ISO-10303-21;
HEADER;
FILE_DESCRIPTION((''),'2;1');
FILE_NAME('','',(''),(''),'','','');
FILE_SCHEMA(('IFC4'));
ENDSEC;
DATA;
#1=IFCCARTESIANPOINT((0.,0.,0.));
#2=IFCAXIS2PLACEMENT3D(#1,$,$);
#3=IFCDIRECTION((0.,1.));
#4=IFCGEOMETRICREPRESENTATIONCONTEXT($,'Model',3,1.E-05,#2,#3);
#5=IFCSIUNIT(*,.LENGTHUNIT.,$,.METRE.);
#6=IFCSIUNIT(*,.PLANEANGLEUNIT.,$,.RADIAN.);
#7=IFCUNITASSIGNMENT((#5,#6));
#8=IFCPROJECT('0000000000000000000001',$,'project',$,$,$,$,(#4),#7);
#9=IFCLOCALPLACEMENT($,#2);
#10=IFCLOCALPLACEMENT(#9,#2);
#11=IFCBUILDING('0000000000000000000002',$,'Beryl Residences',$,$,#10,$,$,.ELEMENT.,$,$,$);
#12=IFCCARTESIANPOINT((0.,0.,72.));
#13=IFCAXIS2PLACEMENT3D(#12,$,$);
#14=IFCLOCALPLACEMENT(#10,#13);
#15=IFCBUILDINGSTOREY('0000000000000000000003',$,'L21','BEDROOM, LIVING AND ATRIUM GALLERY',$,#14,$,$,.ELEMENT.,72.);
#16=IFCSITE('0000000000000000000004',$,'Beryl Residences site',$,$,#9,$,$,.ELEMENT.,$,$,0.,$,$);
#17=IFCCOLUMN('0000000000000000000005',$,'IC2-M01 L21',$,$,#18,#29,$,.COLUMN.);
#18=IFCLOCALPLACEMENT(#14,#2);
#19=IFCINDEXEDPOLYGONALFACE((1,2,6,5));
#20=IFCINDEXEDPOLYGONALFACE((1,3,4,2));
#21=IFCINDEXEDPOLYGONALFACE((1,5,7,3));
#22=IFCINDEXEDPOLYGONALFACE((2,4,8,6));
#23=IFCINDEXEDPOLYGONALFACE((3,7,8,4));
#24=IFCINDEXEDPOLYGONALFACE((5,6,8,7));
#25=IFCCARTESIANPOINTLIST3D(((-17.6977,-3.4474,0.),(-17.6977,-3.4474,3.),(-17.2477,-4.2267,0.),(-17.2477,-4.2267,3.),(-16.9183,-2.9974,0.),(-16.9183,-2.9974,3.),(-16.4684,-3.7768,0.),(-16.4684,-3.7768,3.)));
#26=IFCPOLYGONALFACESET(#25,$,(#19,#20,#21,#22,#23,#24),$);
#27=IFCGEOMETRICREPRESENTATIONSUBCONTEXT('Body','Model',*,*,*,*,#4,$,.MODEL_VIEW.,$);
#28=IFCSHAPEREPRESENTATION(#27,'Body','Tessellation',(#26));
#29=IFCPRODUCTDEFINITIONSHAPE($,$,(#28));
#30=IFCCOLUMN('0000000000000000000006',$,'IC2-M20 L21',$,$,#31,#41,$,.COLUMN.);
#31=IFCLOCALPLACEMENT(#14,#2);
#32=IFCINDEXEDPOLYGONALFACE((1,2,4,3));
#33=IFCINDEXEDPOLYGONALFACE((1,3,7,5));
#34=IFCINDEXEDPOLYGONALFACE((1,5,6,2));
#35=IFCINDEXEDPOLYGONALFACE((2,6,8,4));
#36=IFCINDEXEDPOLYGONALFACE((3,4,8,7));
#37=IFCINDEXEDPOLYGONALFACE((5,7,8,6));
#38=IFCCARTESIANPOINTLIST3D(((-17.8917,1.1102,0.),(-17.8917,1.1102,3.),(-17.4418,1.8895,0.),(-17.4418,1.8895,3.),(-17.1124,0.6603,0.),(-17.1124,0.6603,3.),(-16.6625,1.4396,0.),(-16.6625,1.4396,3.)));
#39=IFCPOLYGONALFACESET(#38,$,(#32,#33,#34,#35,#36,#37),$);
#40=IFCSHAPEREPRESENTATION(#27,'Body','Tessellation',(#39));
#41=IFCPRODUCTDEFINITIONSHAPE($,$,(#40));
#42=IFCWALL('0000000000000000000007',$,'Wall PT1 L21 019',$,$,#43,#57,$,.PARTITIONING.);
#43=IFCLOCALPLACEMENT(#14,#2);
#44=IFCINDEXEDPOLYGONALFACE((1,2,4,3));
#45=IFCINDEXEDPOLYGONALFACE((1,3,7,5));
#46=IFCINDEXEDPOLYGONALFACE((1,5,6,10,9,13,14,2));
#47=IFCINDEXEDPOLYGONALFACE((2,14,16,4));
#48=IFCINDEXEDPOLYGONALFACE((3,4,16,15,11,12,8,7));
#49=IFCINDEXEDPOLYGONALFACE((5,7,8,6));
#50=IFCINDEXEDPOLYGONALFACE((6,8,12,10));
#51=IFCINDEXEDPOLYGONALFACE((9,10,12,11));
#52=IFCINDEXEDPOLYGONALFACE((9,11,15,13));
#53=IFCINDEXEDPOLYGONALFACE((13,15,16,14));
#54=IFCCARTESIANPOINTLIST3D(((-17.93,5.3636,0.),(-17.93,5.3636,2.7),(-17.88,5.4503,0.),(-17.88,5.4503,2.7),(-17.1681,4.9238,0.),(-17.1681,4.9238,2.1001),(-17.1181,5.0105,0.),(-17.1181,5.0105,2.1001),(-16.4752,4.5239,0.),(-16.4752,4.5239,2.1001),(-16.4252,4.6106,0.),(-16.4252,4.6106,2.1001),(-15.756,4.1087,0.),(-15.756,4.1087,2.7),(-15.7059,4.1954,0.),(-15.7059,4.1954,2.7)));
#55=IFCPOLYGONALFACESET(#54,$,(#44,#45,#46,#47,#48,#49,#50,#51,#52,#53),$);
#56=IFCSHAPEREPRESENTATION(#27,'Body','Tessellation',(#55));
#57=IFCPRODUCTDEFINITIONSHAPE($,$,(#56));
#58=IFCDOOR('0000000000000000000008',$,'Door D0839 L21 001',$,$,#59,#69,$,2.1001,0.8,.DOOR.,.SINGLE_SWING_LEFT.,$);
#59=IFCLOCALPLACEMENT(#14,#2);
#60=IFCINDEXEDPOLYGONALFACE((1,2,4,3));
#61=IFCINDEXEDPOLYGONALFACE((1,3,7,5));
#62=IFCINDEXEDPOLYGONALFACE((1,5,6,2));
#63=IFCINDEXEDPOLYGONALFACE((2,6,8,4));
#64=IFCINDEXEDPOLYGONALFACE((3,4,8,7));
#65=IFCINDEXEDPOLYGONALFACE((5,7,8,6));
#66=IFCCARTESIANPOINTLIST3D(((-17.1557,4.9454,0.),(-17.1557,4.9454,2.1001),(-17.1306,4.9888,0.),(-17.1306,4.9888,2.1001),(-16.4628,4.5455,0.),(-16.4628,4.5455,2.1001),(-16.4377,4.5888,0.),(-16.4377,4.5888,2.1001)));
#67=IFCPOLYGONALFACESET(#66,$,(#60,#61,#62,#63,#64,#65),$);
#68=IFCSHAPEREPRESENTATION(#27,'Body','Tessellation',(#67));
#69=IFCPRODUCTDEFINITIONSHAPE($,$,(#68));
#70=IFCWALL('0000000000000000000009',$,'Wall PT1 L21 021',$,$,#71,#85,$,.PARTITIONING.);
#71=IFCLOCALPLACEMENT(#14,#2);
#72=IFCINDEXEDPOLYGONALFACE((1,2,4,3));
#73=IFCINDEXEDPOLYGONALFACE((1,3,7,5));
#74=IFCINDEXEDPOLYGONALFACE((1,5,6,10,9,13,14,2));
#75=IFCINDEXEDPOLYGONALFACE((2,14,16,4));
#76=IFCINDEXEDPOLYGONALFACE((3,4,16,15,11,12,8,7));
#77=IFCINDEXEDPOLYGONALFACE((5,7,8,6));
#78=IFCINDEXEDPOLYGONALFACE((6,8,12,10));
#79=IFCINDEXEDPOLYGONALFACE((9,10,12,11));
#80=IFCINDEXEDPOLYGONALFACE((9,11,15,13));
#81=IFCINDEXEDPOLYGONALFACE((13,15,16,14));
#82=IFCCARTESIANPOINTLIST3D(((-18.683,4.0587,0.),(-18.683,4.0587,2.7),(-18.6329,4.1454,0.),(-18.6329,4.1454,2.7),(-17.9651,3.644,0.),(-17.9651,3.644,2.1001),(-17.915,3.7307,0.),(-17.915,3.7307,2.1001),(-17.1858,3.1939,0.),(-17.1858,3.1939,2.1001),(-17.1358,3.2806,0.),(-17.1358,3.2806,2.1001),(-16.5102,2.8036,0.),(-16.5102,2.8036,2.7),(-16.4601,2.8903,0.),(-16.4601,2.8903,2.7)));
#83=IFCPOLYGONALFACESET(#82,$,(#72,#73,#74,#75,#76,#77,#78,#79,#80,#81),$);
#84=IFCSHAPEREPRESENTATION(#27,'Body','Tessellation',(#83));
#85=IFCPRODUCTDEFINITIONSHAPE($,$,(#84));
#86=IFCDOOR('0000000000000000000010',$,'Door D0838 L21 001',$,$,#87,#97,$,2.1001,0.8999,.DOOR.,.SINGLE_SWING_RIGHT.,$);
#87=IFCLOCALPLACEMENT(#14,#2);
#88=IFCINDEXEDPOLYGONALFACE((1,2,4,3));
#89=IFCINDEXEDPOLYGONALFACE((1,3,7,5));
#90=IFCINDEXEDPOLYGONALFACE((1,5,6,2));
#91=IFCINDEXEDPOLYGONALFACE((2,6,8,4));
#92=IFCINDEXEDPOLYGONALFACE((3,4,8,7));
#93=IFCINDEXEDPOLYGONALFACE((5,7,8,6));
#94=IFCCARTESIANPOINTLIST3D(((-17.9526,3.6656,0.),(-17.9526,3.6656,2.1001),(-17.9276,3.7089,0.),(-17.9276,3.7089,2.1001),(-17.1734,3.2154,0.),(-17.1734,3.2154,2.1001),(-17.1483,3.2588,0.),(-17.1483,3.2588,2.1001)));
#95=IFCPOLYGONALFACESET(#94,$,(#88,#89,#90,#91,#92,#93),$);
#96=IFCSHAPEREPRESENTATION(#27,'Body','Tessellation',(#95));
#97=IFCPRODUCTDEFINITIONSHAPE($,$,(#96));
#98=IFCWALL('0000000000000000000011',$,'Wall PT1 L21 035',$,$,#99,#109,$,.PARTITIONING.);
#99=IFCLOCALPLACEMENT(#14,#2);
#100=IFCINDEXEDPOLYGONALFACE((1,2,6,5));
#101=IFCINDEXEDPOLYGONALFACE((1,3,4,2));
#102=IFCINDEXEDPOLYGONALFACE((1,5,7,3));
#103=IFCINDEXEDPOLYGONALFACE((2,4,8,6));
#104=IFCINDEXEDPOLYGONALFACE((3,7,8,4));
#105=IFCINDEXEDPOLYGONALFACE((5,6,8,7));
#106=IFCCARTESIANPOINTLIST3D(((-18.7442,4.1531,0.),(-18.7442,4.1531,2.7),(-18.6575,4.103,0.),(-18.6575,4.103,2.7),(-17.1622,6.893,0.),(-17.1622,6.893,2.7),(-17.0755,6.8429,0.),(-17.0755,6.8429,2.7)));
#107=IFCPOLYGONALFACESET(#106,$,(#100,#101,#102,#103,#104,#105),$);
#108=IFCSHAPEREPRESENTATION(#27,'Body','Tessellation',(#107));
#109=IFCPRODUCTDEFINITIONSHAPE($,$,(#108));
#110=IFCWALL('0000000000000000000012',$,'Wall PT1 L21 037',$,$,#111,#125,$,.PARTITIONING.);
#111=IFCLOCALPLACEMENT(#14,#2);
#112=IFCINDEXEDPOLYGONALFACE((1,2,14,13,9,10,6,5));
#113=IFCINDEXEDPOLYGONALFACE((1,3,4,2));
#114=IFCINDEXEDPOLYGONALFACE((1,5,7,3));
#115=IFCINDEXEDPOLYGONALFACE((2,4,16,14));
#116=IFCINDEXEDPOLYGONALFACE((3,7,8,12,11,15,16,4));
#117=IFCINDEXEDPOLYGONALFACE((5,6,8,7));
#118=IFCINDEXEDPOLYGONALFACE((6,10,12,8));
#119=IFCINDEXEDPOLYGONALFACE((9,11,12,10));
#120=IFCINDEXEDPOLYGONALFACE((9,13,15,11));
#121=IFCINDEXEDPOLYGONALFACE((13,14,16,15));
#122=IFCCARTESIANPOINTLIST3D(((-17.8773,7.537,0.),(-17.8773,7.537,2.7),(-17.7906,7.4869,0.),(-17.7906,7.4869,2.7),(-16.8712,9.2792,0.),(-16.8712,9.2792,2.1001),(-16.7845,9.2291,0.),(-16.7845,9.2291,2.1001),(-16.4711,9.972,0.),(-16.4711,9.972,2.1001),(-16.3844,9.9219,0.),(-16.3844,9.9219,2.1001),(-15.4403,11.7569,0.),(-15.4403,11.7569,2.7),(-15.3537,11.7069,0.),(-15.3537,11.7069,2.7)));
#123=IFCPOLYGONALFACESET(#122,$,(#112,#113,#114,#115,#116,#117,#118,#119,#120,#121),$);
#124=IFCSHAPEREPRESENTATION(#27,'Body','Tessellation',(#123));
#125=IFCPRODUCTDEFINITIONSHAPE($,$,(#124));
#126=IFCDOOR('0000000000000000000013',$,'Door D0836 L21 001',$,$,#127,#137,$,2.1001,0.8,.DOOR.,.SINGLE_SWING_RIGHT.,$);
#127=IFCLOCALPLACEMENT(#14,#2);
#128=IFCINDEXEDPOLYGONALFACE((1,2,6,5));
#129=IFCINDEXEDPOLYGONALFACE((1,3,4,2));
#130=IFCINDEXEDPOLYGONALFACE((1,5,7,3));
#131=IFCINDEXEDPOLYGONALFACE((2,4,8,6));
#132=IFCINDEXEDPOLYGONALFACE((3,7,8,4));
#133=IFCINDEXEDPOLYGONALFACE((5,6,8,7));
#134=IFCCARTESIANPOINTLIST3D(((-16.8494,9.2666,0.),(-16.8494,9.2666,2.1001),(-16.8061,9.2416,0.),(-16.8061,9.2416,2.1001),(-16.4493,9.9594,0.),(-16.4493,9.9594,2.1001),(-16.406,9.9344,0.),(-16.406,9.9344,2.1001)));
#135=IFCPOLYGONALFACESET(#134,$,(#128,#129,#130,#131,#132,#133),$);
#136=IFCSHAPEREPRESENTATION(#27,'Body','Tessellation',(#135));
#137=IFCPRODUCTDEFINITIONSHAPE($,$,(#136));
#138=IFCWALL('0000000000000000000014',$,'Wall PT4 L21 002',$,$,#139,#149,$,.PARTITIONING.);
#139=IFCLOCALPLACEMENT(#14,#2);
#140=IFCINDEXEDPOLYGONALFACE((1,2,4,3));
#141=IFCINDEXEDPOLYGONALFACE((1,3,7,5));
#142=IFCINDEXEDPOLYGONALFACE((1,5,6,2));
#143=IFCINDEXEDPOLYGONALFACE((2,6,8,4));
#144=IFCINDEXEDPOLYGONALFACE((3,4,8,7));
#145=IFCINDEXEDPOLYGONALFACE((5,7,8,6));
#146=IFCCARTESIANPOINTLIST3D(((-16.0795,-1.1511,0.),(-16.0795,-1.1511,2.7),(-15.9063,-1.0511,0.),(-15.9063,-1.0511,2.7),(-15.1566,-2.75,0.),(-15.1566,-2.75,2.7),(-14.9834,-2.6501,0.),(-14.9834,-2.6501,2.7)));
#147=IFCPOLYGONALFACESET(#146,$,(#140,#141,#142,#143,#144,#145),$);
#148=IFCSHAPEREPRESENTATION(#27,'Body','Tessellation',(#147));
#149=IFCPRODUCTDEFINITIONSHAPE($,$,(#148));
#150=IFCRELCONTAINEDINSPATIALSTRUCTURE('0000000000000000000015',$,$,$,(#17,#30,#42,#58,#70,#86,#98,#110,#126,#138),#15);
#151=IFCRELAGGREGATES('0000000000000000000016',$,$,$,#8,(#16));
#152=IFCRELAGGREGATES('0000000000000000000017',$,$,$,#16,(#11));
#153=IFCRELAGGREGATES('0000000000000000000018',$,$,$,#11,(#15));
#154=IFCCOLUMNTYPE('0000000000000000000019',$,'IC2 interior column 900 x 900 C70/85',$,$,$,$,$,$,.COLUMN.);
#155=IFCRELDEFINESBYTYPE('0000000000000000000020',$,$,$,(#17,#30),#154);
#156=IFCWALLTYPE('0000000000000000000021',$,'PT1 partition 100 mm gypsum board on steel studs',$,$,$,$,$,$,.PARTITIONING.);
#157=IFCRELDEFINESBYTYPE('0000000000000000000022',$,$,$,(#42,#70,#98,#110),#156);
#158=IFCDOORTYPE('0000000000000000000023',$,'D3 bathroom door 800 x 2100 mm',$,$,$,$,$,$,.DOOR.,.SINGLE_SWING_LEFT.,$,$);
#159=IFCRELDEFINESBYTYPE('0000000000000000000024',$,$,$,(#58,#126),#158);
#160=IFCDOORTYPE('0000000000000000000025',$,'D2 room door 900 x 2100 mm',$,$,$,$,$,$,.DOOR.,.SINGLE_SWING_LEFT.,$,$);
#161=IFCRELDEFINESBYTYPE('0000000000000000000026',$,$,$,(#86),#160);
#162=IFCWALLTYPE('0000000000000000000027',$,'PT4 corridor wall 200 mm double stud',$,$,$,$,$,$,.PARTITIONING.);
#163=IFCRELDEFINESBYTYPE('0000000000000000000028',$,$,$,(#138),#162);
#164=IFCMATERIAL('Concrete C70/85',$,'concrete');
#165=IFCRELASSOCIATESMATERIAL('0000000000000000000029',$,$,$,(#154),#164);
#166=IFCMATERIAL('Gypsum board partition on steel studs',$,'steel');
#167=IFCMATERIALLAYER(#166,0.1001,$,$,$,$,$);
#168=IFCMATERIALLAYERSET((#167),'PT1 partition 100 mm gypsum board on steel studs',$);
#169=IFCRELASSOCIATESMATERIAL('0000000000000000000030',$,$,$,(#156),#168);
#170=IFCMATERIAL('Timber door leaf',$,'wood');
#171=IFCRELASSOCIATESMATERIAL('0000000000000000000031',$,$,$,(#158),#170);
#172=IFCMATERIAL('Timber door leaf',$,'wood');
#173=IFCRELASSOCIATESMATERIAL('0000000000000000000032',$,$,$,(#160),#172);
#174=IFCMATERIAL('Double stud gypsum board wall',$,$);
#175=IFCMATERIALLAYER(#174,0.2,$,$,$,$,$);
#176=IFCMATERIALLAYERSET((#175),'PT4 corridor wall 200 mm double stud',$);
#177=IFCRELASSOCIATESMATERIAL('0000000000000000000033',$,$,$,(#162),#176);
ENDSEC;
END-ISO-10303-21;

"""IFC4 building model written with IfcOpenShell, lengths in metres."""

from ifc_helpers import new_model, si_unit, direction, frame, frame_2d, origin, origin_2d, place, context, subcontext, project, spatial, rectangle, extrude, material, layer, layer_set, material_profile, profile_set, type_object, element, fill, save


model = new_model("IFC4")

# Units and contexts
model_context = context("Model", 3, precision=1e-05, world=origin(), true_north=direction((0.0, 1.0)))
body_context = subcontext(model_context, "Body", "Model", "MODEL_VIEW")
ifc_project = project(units=[si_unit("LENGTHUNIT", "METRE"), si_unit("PLANEANGLEUNIT", "RADIAN")], contexts=[model_context])

# Site, building, storey
site_placement = place(None, origin())
site = spatial("IfcSite", under=ifc_project, at=site_placement, Name="Beryl Residences site", CompositionType="ELEMENT", RefElevation=0.0)
building_placement = place(site_placement, origin())
building = spatial("IfcBuilding", under=site, at=building_placement, Name="Beryl Residences", CompositionType="ELEMENT")
storey_placement = place(building_placement, frame((0.0, 0.0, 72.0)))
storey = spatial("IfcBuildingStorey", under=building, at=storey_placement, Name="L21", Description="BEDROOM, LIVING AND ATRIUM GALLERY", CompositionType="ELEMENT", Elevation=72.0)

# Columns
ifc_material_1 = material(Name="Concrete C70/85", Category="concrete")
ifc_material_profile = material_profile(ifc_material_1, rectangle(XDim=0.8999, YDim=0.8999, at=origin_2d()))
ifc_profile_set = profile_set([ifc_material_profile], Name="Concrete C70/85")
column_type = type_object("IfcColumnType", Name="IC2 interior column 900 x 900 C70/85", PredefinedType="COLUMN", material=ifc_profile_set)
for number, where, z_axis, x_axis, name in (
    (1, (-17.083, -3.6121, 0.0), (0.0, 0.0, 1.0), (0.5, -0.866025, 0.0), "IC2-M01 L21"),
    (2, (-17.2771, 1.2749, 0.0), (0.0, 0.0, 1.0), (-0.5, -0.866025, 0.0), "IC2-M20 L21"),
):
    element("IfcColumn", number, at=place(storey_placement, frame(where, z_axis=z_axis, x_axis=x_axis)), inside=storey, type_object=column_type, Name=name, PredefinedType="COLUMN", context=body_context, shape_type="SweptSolid", body=[
        extrude(rectangle(XDim=0.8999, YDim=0.8999, at=origin_2d()), origin(), (0.0, 0.0, 1.0), 3.0),
    ])

# Walls, openings, doors
ifc_material_2 = material(Name="Gypsum board partition on steel studs", Category="steel")
ifc_layer_1 = layer(ifc_material_2, 0.1001)
ifc_layer_set_1 = layer_set([ifc_layer_1], Name="PT1 partition 100 mm gypsum board on steel studs")
wall_type_1 = type_object("IfcWallType", Name="PT1 partition 100 mm gypsum board on steel studs", PredefinedType="PARTITIONING", material=ifc_layer_set_1)
wall_1_placement = place(storey_placement, frame((-17.905, 5.407, 0.0), z_axis=(0.0, 0.0, 1.0), x_axis=(0.86608, -0.499905, 0.0)))
wall_1 = element("IfcWall", 3, at=wall_1_placement, inside=storey, type_object=wall_type_1, Name="Wall PT1 L21 019", PredefinedType="PARTITIONING", context=body_context, shape_type="SweptSolid", body=[
    extrude(rectangle(XDim=2.5103, YDim=0.1001, at=frame_2d((1.2551, 0.0))), origin(), (0.0, 0.0, 1.0), 2.7),
])
opening_1_placement = place(wall_1_placement, frame((0.8799, 0.0, 0.0)))
opening_1 = element("IfcOpeningElement", 4, at=opening_1_placement, cuts=wall_1, PredefinedType="OPENING", context=body_context, shape_type="SweptSolid", body=[
    extrude(rectangle(XDim=0.8, YDim=2.1001, at=frame_2d((0.3999, 1.05))), frame((0.0, 0.0601, 0.0), z_axis=(0.0, -1.0, 0.0), x_axis=(1.0, 0.0, 0.0)), (0.0, 0.0, 1.0), 0.1201),
])
ifc_material_3 = material(Name="Timber door leaf", Category="wood")
door_type_1 = type_object("IfcDoorType", Name="D3 bathroom door 800 x 2100 mm", OperationType="SINGLE_SWING_LEFT", PredefinedType="DOOR", material=ifc_material_3)
door_1_placement = place(opening_1_placement, origin())
door_1 = element("IfcDoor", 5, at=door_1_placement, inside=storey, type_object=door_type_1, Name="Door D0839 L21 001", OperationType="SINGLE_SWING_LEFT", OverallHeight=2.1001, OverallWidth=0.8, PredefinedType="DOOR", context=body_context, shape_type="SweptSolid", body=[
    extrude(rectangle(XDim=0.8, YDim=2.1001, at=frame_2d((0.3999, 1.05))), frame((0.0, 0.0249, 0.0), z_axis=(0.0, -1.0, 0.0), x_axis=(1.0, 0.0, 0.0)), (0.0, 0.0, 1.0), 0.05),
])
fill(opening_1, door_1)
wall_2_placement = place(storey_placement, frame((-18.658, 4.1021, 0.0), z_axis=(0.0, 0.0, 1.0), x_axis=(0.865917, -0.500188, 0.0)))
wall_2 = element("IfcWall", 6, at=wall_2_placement, inside=storey, type_object=wall_type_1, Name="Wall PT1 L21 021", PredefinedType="PARTITIONING", context=body_context, shape_type="SweptSolid", body=[
    extrude(rectangle(XDim=2.5093, YDim=0.1001, at=frame_2d((1.2546, 0.0))), origin(), (0.0, 0.0, 1.0), 2.7),
])
opening_2_placement = place(wall_2_placement, frame((0.8291, 0.0, 0.0)))
opening_2 = element("IfcOpeningElement", 7, at=opening_2_placement, cuts=wall_2, PredefinedType="OPENING", context=body_context, shape_type="SweptSolid", body=[
    extrude(rectangle(XDim=0.8999, YDim=2.1001, at=frame_2d((0.45, 1.05))), frame((0.0, 0.0601, 0.0), z_axis=(0.0, -1.0, 0.0), x_axis=(1.0, 0.0, 0.0)), (0.0, 0.0, 1.0), 0.1201),
])
ifc_material_4 = material(Name="Timber door leaf", Category="wood")
door_type_2 = type_object("IfcDoorType", Name="D2 room door 900 x 2100 mm", OperationType="SINGLE_SWING_LEFT", PredefinedType="DOOR", material=ifc_material_4)
door_2_placement = place(opening_2_placement, origin())
door_2 = element("IfcDoor", 8, at=door_2_placement, inside=storey, type_object=door_type_2, Name="Door D0838 L21 001", OperationType="SINGLE_SWING_RIGHT", OverallHeight=2.1001, OverallWidth=0.8999, PredefinedType="DOOR", context=body_context, shape_type="SweptSolid", body=[
    extrude(rectangle(XDim=0.8999, YDim=2.1001, at=frame_2d((0.45, 1.05))), frame((0.0, 0.0249, 0.0), z_axis=(0.0, -1.0, 0.0), x_axis=(1.0, 0.0, 0.0)), (0.0, 0.0, 1.0), 0.05),
])
fill(opening_2, door_2)

# Wall
wall_3_placement = place(storey_placement, frame((-18.7009, 4.1279, 0.0), z_axis=(0.0, 0.0, 1.0), x_axis=(0.500023, 0.866012, 0.0)))
element("IfcWall", 9, at=wall_3_placement, inside=storey, type_object=wall_type_1, Name="Wall PT1 L21 035", PredefinedType="PARTITIONING", context=body_context, shape_type="SweptSolid", body=[
    extrude(rectangle(XDim=3.1638, YDim=0.1001, at=frame_2d((1.582, 0.0))), origin(), (0.0, 0.0, 1.0), 2.7),
])

# Wall, opening, door
wall_4_placement = place(storey_placement, frame((-17.834, 7.512, 0.0), z_axis=(0.0, 0.0, 1.0), x_axis=(0.500094, 0.865971, 0.0)))
wall_4 = element("IfcWall", 10, at=wall_4_placement, inside=storey, type_object=wall_type_1, Name="Wall PT1 L21 037", PredefinedType="PARTITIONING", context=body_context, shape_type="SweptSolid", body=[
    extrude(rectangle(XDim=4.873, YDim=0.1001, at=frame_2d((2.4365, 0.0))), origin(), (0.0, 0.0, 1.0), 2.7),
])
opening_3_placement = place(wall_4_placement, frame((2.012, 0.0, 0.0)))
opening_3 = element("IfcOpeningElement", 11, at=opening_3_placement, cuts=wall_4, PredefinedType="OPENING", context=body_context, shape_type="SweptSolid", body=[
    extrude(rectangle(XDim=0.8, YDim=2.1001, at=frame_2d((0.3999, 1.05))), frame((0.0, 0.0601, 0.0), z_axis=(0.0, -1.0, 0.0), x_axis=(1.0, 0.0, 0.0)), (0.0, 0.0, 1.0), 0.1201),
])
door_3_placement = place(opening_3_placement, origin())
door_3 = element("IfcDoor", 12, at=door_3_placement, inside=storey, type_object=door_type_1, Name="Door D0836 L21 001", OperationType="SINGLE_SWING_RIGHT", OverallHeight=2.1001, OverallWidth=0.8, PredefinedType="DOOR", context=body_context, shape_type="SweptSolid", body=[
    extrude(rectangle(XDim=0.8, YDim=2.1001, at=frame_2d((0.3999, 1.05))), frame((0.0, 0.0249, 0.0), z_axis=(0.0, -1.0, 0.0), x_axis=(1.0, 0.0, 0.0)), (0.0, 0.0, 1.0), 0.05),
])
fill(opening_3, door_3)

# Wall
ifc_material_5 = material(Name="Double stud gypsum board wall")
ifc_layer_2 = layer(ifc_material_5, 0.2)
ifc_layer_set_2 = layer_set([ifc_layer_2], Name="PT4 corridor wall 200 mm double stud")
wall_type_2 = type_object("IfcWallType", Name="PT4 corridor wall 200 mm double stud", PredefinedType="PARTITIONING", material=ifc_layer_set_2)
wall_5_placement = place(storey_placement, frame((-15.9929, -1.1011, 0.0), z_axis=(0.0, 0.0, 1.0), x_axis=(0.499894, -0.866086, 0.0)))
element("IfcWall", 13, at=wall_5_placement, inside=storey, type_object=wall_type_2, Name="Wall PT4 L21 002", PredefinedType="PARTITIONING", context=body_context, shape_type="SweptSolid", body=[
    extrude(rectangle(XDim=1.8462, YDim=0.2, at=frame_2d((0.9231, 0.0))), origin(), (0.0, 0.0, 1.0), 2.7),
])

save(model, "model.ifc")
